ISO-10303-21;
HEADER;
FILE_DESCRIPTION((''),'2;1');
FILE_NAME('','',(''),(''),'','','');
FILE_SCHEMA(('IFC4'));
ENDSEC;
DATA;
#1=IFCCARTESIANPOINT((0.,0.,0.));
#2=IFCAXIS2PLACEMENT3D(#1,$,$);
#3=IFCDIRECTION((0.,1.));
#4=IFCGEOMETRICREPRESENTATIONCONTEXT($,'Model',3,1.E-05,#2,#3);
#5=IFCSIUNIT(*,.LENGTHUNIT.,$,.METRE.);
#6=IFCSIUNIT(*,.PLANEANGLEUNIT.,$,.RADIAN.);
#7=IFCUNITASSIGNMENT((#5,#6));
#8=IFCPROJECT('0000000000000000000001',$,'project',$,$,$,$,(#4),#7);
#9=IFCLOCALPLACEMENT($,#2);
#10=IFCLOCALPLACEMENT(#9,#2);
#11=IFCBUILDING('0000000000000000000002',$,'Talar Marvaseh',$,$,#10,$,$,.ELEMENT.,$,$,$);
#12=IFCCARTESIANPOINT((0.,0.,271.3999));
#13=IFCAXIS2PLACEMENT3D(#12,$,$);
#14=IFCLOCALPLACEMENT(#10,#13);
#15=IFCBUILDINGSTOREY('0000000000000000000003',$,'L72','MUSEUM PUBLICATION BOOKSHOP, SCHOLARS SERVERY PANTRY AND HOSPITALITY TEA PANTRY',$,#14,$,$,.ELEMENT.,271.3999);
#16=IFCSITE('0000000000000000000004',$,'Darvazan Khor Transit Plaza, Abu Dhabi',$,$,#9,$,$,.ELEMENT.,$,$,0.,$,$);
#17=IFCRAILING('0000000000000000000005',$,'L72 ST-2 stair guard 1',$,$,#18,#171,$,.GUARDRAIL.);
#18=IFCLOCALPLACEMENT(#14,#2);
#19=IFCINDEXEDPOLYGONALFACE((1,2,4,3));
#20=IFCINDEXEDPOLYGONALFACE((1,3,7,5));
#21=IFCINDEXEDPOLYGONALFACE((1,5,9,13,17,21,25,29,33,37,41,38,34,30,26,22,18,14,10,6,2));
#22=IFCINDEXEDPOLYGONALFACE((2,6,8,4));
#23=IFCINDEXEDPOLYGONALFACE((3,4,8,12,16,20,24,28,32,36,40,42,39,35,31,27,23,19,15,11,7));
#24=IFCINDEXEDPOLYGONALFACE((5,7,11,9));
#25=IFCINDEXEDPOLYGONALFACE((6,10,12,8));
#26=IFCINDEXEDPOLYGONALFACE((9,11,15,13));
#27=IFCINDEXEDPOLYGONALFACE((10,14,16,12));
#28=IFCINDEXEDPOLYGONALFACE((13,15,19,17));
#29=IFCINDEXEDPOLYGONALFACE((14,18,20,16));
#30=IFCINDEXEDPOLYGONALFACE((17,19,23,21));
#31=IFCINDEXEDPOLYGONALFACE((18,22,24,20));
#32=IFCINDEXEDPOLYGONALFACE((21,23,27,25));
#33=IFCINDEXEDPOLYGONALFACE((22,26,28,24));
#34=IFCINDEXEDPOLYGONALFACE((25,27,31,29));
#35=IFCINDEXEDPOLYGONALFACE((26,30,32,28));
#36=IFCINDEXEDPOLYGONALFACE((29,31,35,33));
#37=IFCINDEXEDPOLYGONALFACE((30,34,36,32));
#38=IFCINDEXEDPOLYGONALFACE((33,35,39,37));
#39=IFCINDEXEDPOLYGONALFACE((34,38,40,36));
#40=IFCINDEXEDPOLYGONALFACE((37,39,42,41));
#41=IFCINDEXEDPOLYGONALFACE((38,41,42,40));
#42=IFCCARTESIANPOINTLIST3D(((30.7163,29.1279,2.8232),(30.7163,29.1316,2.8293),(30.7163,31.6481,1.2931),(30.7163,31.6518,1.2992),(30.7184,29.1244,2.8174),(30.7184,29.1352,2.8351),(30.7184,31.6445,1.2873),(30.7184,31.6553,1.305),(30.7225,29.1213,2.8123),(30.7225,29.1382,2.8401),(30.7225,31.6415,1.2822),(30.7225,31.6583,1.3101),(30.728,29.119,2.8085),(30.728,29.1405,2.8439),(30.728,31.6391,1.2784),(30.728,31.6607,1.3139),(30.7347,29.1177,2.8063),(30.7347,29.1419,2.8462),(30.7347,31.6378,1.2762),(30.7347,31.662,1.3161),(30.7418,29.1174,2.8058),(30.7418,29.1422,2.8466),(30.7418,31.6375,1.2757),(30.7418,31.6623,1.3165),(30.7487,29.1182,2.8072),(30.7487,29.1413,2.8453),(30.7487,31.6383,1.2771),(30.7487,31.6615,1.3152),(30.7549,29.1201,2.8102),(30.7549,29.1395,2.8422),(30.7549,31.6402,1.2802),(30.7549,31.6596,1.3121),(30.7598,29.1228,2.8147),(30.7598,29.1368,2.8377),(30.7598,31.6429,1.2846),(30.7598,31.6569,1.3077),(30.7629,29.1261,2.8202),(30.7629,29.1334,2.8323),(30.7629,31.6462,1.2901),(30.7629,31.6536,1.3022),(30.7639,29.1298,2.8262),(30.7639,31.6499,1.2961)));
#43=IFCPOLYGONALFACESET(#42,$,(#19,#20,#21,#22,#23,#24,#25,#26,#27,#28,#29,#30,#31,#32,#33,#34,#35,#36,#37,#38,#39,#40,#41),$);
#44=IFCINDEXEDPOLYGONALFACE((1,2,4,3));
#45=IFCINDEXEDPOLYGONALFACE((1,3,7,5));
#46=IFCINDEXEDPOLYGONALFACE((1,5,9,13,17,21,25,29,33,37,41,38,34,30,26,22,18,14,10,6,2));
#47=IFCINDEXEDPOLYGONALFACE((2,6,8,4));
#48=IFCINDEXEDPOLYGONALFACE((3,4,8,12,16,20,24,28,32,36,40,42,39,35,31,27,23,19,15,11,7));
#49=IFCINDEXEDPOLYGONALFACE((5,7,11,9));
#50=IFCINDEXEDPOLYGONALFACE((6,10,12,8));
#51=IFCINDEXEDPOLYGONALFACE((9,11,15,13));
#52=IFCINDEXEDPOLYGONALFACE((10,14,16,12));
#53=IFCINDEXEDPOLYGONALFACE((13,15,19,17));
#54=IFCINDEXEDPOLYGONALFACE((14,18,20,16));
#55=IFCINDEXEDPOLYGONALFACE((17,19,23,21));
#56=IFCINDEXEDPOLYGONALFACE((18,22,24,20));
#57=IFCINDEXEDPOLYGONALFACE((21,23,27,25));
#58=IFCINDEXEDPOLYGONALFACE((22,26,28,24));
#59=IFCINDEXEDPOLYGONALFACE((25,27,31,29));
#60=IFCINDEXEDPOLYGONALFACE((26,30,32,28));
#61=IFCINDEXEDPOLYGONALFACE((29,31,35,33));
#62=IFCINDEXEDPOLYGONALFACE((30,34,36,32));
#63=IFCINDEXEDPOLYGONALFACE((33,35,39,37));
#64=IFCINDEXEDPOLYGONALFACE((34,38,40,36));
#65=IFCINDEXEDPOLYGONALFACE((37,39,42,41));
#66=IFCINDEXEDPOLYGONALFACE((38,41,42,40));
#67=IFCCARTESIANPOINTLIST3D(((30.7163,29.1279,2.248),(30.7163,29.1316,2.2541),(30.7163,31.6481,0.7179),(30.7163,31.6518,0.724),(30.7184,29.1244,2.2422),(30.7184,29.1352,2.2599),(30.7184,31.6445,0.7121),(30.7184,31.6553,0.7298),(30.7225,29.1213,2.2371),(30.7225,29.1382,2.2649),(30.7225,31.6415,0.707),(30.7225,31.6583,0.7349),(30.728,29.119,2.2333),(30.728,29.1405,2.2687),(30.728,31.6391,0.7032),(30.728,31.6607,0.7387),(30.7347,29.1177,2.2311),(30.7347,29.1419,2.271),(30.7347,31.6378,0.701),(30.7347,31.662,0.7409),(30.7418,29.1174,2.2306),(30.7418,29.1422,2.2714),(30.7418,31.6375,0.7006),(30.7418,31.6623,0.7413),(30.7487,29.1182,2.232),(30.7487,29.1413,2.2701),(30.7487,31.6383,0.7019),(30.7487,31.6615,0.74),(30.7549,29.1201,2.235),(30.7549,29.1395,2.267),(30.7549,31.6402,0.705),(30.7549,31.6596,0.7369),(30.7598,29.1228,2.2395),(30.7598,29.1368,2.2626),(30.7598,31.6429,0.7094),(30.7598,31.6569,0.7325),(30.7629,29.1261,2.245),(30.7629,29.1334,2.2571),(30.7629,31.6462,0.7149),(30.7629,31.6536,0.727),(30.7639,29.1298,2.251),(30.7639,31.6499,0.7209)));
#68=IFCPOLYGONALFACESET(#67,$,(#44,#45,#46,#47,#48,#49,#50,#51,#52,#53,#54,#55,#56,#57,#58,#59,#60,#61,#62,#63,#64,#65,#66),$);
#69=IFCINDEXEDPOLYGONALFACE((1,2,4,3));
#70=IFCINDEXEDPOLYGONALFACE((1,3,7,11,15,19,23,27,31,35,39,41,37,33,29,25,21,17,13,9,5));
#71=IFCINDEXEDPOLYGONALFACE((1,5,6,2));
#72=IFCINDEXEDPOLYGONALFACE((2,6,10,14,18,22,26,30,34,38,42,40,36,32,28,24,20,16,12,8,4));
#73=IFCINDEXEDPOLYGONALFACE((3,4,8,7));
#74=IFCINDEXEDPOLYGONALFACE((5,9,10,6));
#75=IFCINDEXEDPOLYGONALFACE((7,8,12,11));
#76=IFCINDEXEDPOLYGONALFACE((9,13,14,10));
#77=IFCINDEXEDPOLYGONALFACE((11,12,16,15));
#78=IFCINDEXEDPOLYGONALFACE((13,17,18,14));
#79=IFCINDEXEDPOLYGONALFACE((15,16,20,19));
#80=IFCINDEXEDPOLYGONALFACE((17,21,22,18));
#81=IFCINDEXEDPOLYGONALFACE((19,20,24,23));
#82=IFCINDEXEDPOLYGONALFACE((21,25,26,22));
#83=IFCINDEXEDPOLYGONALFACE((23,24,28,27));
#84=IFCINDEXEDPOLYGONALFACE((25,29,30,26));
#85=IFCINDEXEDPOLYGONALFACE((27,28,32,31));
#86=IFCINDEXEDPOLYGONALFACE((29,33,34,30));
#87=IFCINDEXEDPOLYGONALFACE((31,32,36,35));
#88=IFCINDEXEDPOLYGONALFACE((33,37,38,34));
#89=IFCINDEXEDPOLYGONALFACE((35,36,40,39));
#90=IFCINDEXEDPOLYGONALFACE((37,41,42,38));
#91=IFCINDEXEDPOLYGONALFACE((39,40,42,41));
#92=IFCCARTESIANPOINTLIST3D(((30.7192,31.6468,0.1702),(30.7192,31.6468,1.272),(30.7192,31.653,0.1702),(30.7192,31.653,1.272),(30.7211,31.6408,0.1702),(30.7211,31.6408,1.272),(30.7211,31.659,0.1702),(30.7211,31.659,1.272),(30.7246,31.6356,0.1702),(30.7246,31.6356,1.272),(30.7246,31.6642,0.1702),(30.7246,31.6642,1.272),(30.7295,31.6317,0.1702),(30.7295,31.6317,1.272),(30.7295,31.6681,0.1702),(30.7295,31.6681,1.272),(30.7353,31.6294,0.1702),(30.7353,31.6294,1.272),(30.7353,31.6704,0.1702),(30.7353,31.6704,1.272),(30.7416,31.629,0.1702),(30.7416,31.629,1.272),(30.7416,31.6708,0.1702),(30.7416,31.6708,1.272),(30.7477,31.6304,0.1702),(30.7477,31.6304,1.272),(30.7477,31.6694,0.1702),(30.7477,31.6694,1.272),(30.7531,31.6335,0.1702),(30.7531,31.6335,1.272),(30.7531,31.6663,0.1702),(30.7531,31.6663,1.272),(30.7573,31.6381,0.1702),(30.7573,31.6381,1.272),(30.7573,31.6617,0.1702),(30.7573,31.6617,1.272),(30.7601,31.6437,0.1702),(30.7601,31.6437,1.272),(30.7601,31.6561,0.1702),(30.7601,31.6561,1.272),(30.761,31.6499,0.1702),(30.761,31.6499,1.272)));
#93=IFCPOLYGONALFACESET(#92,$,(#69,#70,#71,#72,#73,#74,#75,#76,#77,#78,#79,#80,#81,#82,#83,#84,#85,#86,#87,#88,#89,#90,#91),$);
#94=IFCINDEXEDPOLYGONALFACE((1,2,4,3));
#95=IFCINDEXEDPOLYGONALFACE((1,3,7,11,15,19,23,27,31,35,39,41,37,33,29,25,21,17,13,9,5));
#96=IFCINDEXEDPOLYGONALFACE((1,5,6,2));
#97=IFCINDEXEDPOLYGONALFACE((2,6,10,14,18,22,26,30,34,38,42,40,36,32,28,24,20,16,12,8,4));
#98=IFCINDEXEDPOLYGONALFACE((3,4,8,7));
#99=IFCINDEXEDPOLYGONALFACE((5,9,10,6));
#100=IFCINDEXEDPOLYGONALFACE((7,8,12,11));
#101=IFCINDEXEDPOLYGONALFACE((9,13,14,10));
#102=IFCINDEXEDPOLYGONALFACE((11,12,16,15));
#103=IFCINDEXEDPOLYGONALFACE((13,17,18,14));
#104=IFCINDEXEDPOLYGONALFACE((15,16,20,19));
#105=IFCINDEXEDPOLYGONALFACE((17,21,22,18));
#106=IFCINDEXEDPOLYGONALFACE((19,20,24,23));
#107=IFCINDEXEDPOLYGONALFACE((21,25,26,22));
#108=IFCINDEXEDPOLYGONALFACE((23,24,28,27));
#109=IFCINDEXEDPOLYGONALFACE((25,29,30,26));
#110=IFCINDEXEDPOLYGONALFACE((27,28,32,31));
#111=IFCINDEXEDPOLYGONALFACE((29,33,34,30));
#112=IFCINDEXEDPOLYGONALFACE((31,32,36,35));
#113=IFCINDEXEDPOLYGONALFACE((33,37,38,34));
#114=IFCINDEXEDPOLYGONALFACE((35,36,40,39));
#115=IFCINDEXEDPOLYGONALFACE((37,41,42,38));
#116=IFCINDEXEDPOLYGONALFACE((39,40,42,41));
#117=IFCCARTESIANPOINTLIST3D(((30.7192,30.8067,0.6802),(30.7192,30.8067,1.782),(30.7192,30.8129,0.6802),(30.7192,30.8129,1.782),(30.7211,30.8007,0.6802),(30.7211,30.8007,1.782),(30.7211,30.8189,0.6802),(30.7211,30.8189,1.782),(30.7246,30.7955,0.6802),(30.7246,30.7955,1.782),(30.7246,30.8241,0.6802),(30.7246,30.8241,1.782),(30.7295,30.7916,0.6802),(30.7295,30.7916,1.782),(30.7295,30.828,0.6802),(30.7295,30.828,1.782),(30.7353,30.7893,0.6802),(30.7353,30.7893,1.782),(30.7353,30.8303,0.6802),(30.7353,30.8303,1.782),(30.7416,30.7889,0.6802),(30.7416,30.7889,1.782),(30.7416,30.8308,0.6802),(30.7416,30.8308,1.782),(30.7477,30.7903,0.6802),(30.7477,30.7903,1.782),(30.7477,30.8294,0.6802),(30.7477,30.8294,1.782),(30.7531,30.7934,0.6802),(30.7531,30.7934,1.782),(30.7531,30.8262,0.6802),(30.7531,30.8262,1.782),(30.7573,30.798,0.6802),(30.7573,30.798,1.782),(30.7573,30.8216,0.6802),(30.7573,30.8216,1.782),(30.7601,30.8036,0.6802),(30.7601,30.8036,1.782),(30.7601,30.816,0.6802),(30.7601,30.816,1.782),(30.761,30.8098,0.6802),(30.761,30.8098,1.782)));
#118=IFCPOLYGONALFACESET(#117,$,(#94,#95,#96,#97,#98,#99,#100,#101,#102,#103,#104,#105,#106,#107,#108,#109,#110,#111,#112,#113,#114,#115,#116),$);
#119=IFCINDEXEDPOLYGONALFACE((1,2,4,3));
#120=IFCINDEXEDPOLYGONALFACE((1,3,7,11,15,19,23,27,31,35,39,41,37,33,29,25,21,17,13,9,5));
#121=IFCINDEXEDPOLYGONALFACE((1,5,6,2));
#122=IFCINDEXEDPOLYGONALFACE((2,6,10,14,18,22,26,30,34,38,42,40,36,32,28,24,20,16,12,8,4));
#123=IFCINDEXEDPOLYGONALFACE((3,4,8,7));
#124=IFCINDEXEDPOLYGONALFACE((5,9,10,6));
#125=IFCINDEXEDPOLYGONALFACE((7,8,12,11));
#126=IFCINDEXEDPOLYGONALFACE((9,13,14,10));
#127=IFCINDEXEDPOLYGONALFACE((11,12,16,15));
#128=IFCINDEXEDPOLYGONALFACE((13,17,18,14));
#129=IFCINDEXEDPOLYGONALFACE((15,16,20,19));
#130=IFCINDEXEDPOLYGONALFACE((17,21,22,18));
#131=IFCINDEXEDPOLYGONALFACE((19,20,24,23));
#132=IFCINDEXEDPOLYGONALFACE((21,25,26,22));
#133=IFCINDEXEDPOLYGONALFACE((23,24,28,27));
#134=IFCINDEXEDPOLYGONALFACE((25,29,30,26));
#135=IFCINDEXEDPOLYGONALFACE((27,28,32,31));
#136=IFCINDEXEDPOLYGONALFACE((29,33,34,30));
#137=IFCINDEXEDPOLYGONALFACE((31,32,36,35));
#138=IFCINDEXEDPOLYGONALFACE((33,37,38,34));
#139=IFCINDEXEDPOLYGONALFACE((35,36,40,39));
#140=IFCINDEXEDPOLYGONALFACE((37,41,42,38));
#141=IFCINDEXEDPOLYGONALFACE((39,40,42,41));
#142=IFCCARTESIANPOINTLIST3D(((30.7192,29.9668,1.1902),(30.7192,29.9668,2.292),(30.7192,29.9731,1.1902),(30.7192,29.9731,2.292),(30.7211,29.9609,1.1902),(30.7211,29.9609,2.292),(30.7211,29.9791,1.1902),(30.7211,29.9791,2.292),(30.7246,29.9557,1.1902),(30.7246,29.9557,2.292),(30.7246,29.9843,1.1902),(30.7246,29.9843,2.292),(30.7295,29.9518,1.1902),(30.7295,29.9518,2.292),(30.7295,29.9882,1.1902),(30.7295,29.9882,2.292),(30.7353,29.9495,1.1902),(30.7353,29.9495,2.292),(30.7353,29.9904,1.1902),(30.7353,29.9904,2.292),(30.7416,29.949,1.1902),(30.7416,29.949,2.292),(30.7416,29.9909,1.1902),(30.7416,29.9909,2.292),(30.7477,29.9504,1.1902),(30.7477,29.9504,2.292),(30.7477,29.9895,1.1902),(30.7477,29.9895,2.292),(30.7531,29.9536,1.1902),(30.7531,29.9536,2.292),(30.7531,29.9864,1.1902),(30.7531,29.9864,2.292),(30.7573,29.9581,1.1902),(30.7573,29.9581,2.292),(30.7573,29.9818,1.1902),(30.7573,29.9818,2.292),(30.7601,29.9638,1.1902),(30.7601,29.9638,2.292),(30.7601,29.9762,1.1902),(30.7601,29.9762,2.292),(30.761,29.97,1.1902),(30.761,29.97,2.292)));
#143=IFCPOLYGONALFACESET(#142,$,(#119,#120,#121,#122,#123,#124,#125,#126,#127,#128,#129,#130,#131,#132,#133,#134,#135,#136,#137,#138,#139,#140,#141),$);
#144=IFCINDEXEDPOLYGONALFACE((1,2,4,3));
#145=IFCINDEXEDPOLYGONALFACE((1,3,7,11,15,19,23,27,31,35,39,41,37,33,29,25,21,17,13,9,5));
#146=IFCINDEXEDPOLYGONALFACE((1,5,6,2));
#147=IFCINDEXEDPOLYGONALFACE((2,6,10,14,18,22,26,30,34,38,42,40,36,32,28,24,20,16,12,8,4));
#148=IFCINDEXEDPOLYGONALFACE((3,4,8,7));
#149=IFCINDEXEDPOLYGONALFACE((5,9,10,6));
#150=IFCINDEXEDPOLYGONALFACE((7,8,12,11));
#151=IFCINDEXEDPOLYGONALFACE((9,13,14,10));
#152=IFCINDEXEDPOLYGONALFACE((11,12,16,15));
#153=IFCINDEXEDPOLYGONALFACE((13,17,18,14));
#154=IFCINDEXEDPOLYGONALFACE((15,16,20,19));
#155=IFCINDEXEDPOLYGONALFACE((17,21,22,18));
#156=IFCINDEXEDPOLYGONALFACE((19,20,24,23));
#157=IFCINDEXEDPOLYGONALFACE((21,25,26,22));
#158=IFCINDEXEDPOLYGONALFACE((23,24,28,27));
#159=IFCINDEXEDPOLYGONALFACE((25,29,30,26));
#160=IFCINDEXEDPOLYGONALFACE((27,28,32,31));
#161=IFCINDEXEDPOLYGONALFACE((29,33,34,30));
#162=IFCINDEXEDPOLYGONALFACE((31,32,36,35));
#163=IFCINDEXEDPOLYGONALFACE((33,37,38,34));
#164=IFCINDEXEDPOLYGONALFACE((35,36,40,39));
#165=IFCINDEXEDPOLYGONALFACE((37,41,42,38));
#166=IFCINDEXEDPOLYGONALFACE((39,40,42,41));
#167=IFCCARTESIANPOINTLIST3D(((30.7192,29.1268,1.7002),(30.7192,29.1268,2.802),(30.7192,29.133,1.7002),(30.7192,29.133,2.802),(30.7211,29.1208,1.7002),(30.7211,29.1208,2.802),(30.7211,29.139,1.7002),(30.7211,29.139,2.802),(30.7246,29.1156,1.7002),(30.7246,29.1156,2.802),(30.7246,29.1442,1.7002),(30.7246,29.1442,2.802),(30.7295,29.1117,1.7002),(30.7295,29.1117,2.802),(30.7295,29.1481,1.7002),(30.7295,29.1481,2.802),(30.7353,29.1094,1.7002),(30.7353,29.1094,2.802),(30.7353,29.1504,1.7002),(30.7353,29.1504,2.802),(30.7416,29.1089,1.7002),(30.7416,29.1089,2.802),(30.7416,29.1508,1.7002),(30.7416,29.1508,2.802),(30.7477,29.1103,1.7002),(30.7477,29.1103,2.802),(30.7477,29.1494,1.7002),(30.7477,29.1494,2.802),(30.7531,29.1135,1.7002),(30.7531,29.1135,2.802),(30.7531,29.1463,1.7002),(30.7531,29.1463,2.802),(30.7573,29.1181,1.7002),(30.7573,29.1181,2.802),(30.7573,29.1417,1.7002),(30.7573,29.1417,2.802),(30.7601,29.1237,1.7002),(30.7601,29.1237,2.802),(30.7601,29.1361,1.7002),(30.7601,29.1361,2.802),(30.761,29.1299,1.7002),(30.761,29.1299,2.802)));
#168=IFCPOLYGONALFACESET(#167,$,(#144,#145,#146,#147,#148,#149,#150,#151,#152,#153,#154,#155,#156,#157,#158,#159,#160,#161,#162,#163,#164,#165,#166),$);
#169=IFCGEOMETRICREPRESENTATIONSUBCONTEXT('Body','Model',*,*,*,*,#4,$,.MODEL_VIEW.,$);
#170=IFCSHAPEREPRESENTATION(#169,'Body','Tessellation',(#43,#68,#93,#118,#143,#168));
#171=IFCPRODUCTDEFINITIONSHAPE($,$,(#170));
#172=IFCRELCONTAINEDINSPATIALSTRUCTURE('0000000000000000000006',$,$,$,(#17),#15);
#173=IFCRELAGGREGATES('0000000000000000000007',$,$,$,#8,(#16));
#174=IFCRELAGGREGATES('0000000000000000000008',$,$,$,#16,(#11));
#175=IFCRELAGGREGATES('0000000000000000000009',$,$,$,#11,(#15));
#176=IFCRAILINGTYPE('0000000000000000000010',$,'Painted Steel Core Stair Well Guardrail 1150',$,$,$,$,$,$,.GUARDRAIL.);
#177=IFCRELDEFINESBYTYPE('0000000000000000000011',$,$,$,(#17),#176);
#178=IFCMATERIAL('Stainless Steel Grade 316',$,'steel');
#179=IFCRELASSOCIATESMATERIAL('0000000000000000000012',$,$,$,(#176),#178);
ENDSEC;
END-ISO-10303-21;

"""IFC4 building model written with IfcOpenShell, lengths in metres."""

from ifc_helpers import new_model, si_unit, direction, frame, origin, origin_2d, place, context, subcontext, project, spatial, circle, extrude, material, type_object, element, save


model = new_model("IFC4")

# Units and contexts
model_context = context("Model", 3, precision=1e-05, world=origin(), true_north=direction((0.0, 1.0)))
body_context = subcontext(model_context, "Body", "Model", "MODEL_VIEW")
ifc_project = project(units=[si_unit("LENGTHUNIT", "METRE"), si_unit("PLANEANGLEUNIT", "RADIAN")], contexts=[model_context])

# Site, building, storey
site_placement = place(None, origin())
site = spatial("IfcSite", under=ifc_project, at=site_placement, Name="Darvazan Khor Transit Plaza, Abu Dhabi", CompositionType="ELEMENT", RefElevation=0.0)
building_placement = place(site_placement, origin())
building = spatial("IfcBuilding", under=site, at=building_placement, Name="Talar Marvaseh", CompositionType="ELEMENT")
storey_placement = place(building_placement, frame((0.0, 0.0, 271.3999)))
storey = spatial("IfcBuildingStorey", under=building, at=storey_placement, Name="L72", Description="MUSEUM PUBLICATION BOOKSHOP, SCHOLARS SERVERY PANTRY AND HOSPITALITY TEA PANTRY", CompositionType="ELEMENT", Elevation=271.3999)

# Shared definitions
ifc_material_1 = material(Name="Stainless Steel Grade 316", Category="steel")

# Railing
railing_type_1 = type_object("IfcRailingType", Name="Painted Steel Core Stair Well Guardrail 1150", PredefinedType="GUARDRAIL", material=ifc_material_1)
railing_1_placement = place(storey_placement, frame((30.74, 31.6499, 0.1702)))
element("IfcRailing", 1, at=railing_1_placement, inside=storey, type_object=railing_type_1, Name="L72 ST-2 stair guard 1", PredefinedType="GUARDRAIL", context=body_context, shape_type="SweptSolid", body=[
    extrude(circle(Radius=0.0239, at=origin_2d()), frame((0.0, 0.0, 1.126), z_axis=(0.0, -0.854785, 0.518982), x_axis=(1.0, 0.0, 0.0)), (0.0, 0.0, 1.0), 2.9482),
    extrude(circle(Radius=0.0239, at=origin_2d()), frame((0.0, 0.0, 0.5508), z_axis=(0.0, -0.854785, 0.518982), x_axis=(1.0, 0.0, 0.0)), (0.0, 0.0, 1.0), 2.9482),
    extrude(circle(Radius=0.021, at=origin_2d()), origin(), (0.0, 0.0, 1.0), 1.1018),
    extrude(circle(Radius=0.021, at=origin_2d()), frame((0.0, -0.8401, 0.51)), (0.0, 0.0, 1.0), 1.1018),
    extrude(circle(Radius=0.021, at=origin_2d()), frame((0.0, -1.6799, 1.02)), (0.0, 0.0, 1.0), 1.1018),
    extrude(circle(Radius=0.021, at=origin_2d()), frame((0.0, -2.52, 1.53)), (0.0, 0.0, 1.0), 1.1018),
])

save(model, "model.ifc")
